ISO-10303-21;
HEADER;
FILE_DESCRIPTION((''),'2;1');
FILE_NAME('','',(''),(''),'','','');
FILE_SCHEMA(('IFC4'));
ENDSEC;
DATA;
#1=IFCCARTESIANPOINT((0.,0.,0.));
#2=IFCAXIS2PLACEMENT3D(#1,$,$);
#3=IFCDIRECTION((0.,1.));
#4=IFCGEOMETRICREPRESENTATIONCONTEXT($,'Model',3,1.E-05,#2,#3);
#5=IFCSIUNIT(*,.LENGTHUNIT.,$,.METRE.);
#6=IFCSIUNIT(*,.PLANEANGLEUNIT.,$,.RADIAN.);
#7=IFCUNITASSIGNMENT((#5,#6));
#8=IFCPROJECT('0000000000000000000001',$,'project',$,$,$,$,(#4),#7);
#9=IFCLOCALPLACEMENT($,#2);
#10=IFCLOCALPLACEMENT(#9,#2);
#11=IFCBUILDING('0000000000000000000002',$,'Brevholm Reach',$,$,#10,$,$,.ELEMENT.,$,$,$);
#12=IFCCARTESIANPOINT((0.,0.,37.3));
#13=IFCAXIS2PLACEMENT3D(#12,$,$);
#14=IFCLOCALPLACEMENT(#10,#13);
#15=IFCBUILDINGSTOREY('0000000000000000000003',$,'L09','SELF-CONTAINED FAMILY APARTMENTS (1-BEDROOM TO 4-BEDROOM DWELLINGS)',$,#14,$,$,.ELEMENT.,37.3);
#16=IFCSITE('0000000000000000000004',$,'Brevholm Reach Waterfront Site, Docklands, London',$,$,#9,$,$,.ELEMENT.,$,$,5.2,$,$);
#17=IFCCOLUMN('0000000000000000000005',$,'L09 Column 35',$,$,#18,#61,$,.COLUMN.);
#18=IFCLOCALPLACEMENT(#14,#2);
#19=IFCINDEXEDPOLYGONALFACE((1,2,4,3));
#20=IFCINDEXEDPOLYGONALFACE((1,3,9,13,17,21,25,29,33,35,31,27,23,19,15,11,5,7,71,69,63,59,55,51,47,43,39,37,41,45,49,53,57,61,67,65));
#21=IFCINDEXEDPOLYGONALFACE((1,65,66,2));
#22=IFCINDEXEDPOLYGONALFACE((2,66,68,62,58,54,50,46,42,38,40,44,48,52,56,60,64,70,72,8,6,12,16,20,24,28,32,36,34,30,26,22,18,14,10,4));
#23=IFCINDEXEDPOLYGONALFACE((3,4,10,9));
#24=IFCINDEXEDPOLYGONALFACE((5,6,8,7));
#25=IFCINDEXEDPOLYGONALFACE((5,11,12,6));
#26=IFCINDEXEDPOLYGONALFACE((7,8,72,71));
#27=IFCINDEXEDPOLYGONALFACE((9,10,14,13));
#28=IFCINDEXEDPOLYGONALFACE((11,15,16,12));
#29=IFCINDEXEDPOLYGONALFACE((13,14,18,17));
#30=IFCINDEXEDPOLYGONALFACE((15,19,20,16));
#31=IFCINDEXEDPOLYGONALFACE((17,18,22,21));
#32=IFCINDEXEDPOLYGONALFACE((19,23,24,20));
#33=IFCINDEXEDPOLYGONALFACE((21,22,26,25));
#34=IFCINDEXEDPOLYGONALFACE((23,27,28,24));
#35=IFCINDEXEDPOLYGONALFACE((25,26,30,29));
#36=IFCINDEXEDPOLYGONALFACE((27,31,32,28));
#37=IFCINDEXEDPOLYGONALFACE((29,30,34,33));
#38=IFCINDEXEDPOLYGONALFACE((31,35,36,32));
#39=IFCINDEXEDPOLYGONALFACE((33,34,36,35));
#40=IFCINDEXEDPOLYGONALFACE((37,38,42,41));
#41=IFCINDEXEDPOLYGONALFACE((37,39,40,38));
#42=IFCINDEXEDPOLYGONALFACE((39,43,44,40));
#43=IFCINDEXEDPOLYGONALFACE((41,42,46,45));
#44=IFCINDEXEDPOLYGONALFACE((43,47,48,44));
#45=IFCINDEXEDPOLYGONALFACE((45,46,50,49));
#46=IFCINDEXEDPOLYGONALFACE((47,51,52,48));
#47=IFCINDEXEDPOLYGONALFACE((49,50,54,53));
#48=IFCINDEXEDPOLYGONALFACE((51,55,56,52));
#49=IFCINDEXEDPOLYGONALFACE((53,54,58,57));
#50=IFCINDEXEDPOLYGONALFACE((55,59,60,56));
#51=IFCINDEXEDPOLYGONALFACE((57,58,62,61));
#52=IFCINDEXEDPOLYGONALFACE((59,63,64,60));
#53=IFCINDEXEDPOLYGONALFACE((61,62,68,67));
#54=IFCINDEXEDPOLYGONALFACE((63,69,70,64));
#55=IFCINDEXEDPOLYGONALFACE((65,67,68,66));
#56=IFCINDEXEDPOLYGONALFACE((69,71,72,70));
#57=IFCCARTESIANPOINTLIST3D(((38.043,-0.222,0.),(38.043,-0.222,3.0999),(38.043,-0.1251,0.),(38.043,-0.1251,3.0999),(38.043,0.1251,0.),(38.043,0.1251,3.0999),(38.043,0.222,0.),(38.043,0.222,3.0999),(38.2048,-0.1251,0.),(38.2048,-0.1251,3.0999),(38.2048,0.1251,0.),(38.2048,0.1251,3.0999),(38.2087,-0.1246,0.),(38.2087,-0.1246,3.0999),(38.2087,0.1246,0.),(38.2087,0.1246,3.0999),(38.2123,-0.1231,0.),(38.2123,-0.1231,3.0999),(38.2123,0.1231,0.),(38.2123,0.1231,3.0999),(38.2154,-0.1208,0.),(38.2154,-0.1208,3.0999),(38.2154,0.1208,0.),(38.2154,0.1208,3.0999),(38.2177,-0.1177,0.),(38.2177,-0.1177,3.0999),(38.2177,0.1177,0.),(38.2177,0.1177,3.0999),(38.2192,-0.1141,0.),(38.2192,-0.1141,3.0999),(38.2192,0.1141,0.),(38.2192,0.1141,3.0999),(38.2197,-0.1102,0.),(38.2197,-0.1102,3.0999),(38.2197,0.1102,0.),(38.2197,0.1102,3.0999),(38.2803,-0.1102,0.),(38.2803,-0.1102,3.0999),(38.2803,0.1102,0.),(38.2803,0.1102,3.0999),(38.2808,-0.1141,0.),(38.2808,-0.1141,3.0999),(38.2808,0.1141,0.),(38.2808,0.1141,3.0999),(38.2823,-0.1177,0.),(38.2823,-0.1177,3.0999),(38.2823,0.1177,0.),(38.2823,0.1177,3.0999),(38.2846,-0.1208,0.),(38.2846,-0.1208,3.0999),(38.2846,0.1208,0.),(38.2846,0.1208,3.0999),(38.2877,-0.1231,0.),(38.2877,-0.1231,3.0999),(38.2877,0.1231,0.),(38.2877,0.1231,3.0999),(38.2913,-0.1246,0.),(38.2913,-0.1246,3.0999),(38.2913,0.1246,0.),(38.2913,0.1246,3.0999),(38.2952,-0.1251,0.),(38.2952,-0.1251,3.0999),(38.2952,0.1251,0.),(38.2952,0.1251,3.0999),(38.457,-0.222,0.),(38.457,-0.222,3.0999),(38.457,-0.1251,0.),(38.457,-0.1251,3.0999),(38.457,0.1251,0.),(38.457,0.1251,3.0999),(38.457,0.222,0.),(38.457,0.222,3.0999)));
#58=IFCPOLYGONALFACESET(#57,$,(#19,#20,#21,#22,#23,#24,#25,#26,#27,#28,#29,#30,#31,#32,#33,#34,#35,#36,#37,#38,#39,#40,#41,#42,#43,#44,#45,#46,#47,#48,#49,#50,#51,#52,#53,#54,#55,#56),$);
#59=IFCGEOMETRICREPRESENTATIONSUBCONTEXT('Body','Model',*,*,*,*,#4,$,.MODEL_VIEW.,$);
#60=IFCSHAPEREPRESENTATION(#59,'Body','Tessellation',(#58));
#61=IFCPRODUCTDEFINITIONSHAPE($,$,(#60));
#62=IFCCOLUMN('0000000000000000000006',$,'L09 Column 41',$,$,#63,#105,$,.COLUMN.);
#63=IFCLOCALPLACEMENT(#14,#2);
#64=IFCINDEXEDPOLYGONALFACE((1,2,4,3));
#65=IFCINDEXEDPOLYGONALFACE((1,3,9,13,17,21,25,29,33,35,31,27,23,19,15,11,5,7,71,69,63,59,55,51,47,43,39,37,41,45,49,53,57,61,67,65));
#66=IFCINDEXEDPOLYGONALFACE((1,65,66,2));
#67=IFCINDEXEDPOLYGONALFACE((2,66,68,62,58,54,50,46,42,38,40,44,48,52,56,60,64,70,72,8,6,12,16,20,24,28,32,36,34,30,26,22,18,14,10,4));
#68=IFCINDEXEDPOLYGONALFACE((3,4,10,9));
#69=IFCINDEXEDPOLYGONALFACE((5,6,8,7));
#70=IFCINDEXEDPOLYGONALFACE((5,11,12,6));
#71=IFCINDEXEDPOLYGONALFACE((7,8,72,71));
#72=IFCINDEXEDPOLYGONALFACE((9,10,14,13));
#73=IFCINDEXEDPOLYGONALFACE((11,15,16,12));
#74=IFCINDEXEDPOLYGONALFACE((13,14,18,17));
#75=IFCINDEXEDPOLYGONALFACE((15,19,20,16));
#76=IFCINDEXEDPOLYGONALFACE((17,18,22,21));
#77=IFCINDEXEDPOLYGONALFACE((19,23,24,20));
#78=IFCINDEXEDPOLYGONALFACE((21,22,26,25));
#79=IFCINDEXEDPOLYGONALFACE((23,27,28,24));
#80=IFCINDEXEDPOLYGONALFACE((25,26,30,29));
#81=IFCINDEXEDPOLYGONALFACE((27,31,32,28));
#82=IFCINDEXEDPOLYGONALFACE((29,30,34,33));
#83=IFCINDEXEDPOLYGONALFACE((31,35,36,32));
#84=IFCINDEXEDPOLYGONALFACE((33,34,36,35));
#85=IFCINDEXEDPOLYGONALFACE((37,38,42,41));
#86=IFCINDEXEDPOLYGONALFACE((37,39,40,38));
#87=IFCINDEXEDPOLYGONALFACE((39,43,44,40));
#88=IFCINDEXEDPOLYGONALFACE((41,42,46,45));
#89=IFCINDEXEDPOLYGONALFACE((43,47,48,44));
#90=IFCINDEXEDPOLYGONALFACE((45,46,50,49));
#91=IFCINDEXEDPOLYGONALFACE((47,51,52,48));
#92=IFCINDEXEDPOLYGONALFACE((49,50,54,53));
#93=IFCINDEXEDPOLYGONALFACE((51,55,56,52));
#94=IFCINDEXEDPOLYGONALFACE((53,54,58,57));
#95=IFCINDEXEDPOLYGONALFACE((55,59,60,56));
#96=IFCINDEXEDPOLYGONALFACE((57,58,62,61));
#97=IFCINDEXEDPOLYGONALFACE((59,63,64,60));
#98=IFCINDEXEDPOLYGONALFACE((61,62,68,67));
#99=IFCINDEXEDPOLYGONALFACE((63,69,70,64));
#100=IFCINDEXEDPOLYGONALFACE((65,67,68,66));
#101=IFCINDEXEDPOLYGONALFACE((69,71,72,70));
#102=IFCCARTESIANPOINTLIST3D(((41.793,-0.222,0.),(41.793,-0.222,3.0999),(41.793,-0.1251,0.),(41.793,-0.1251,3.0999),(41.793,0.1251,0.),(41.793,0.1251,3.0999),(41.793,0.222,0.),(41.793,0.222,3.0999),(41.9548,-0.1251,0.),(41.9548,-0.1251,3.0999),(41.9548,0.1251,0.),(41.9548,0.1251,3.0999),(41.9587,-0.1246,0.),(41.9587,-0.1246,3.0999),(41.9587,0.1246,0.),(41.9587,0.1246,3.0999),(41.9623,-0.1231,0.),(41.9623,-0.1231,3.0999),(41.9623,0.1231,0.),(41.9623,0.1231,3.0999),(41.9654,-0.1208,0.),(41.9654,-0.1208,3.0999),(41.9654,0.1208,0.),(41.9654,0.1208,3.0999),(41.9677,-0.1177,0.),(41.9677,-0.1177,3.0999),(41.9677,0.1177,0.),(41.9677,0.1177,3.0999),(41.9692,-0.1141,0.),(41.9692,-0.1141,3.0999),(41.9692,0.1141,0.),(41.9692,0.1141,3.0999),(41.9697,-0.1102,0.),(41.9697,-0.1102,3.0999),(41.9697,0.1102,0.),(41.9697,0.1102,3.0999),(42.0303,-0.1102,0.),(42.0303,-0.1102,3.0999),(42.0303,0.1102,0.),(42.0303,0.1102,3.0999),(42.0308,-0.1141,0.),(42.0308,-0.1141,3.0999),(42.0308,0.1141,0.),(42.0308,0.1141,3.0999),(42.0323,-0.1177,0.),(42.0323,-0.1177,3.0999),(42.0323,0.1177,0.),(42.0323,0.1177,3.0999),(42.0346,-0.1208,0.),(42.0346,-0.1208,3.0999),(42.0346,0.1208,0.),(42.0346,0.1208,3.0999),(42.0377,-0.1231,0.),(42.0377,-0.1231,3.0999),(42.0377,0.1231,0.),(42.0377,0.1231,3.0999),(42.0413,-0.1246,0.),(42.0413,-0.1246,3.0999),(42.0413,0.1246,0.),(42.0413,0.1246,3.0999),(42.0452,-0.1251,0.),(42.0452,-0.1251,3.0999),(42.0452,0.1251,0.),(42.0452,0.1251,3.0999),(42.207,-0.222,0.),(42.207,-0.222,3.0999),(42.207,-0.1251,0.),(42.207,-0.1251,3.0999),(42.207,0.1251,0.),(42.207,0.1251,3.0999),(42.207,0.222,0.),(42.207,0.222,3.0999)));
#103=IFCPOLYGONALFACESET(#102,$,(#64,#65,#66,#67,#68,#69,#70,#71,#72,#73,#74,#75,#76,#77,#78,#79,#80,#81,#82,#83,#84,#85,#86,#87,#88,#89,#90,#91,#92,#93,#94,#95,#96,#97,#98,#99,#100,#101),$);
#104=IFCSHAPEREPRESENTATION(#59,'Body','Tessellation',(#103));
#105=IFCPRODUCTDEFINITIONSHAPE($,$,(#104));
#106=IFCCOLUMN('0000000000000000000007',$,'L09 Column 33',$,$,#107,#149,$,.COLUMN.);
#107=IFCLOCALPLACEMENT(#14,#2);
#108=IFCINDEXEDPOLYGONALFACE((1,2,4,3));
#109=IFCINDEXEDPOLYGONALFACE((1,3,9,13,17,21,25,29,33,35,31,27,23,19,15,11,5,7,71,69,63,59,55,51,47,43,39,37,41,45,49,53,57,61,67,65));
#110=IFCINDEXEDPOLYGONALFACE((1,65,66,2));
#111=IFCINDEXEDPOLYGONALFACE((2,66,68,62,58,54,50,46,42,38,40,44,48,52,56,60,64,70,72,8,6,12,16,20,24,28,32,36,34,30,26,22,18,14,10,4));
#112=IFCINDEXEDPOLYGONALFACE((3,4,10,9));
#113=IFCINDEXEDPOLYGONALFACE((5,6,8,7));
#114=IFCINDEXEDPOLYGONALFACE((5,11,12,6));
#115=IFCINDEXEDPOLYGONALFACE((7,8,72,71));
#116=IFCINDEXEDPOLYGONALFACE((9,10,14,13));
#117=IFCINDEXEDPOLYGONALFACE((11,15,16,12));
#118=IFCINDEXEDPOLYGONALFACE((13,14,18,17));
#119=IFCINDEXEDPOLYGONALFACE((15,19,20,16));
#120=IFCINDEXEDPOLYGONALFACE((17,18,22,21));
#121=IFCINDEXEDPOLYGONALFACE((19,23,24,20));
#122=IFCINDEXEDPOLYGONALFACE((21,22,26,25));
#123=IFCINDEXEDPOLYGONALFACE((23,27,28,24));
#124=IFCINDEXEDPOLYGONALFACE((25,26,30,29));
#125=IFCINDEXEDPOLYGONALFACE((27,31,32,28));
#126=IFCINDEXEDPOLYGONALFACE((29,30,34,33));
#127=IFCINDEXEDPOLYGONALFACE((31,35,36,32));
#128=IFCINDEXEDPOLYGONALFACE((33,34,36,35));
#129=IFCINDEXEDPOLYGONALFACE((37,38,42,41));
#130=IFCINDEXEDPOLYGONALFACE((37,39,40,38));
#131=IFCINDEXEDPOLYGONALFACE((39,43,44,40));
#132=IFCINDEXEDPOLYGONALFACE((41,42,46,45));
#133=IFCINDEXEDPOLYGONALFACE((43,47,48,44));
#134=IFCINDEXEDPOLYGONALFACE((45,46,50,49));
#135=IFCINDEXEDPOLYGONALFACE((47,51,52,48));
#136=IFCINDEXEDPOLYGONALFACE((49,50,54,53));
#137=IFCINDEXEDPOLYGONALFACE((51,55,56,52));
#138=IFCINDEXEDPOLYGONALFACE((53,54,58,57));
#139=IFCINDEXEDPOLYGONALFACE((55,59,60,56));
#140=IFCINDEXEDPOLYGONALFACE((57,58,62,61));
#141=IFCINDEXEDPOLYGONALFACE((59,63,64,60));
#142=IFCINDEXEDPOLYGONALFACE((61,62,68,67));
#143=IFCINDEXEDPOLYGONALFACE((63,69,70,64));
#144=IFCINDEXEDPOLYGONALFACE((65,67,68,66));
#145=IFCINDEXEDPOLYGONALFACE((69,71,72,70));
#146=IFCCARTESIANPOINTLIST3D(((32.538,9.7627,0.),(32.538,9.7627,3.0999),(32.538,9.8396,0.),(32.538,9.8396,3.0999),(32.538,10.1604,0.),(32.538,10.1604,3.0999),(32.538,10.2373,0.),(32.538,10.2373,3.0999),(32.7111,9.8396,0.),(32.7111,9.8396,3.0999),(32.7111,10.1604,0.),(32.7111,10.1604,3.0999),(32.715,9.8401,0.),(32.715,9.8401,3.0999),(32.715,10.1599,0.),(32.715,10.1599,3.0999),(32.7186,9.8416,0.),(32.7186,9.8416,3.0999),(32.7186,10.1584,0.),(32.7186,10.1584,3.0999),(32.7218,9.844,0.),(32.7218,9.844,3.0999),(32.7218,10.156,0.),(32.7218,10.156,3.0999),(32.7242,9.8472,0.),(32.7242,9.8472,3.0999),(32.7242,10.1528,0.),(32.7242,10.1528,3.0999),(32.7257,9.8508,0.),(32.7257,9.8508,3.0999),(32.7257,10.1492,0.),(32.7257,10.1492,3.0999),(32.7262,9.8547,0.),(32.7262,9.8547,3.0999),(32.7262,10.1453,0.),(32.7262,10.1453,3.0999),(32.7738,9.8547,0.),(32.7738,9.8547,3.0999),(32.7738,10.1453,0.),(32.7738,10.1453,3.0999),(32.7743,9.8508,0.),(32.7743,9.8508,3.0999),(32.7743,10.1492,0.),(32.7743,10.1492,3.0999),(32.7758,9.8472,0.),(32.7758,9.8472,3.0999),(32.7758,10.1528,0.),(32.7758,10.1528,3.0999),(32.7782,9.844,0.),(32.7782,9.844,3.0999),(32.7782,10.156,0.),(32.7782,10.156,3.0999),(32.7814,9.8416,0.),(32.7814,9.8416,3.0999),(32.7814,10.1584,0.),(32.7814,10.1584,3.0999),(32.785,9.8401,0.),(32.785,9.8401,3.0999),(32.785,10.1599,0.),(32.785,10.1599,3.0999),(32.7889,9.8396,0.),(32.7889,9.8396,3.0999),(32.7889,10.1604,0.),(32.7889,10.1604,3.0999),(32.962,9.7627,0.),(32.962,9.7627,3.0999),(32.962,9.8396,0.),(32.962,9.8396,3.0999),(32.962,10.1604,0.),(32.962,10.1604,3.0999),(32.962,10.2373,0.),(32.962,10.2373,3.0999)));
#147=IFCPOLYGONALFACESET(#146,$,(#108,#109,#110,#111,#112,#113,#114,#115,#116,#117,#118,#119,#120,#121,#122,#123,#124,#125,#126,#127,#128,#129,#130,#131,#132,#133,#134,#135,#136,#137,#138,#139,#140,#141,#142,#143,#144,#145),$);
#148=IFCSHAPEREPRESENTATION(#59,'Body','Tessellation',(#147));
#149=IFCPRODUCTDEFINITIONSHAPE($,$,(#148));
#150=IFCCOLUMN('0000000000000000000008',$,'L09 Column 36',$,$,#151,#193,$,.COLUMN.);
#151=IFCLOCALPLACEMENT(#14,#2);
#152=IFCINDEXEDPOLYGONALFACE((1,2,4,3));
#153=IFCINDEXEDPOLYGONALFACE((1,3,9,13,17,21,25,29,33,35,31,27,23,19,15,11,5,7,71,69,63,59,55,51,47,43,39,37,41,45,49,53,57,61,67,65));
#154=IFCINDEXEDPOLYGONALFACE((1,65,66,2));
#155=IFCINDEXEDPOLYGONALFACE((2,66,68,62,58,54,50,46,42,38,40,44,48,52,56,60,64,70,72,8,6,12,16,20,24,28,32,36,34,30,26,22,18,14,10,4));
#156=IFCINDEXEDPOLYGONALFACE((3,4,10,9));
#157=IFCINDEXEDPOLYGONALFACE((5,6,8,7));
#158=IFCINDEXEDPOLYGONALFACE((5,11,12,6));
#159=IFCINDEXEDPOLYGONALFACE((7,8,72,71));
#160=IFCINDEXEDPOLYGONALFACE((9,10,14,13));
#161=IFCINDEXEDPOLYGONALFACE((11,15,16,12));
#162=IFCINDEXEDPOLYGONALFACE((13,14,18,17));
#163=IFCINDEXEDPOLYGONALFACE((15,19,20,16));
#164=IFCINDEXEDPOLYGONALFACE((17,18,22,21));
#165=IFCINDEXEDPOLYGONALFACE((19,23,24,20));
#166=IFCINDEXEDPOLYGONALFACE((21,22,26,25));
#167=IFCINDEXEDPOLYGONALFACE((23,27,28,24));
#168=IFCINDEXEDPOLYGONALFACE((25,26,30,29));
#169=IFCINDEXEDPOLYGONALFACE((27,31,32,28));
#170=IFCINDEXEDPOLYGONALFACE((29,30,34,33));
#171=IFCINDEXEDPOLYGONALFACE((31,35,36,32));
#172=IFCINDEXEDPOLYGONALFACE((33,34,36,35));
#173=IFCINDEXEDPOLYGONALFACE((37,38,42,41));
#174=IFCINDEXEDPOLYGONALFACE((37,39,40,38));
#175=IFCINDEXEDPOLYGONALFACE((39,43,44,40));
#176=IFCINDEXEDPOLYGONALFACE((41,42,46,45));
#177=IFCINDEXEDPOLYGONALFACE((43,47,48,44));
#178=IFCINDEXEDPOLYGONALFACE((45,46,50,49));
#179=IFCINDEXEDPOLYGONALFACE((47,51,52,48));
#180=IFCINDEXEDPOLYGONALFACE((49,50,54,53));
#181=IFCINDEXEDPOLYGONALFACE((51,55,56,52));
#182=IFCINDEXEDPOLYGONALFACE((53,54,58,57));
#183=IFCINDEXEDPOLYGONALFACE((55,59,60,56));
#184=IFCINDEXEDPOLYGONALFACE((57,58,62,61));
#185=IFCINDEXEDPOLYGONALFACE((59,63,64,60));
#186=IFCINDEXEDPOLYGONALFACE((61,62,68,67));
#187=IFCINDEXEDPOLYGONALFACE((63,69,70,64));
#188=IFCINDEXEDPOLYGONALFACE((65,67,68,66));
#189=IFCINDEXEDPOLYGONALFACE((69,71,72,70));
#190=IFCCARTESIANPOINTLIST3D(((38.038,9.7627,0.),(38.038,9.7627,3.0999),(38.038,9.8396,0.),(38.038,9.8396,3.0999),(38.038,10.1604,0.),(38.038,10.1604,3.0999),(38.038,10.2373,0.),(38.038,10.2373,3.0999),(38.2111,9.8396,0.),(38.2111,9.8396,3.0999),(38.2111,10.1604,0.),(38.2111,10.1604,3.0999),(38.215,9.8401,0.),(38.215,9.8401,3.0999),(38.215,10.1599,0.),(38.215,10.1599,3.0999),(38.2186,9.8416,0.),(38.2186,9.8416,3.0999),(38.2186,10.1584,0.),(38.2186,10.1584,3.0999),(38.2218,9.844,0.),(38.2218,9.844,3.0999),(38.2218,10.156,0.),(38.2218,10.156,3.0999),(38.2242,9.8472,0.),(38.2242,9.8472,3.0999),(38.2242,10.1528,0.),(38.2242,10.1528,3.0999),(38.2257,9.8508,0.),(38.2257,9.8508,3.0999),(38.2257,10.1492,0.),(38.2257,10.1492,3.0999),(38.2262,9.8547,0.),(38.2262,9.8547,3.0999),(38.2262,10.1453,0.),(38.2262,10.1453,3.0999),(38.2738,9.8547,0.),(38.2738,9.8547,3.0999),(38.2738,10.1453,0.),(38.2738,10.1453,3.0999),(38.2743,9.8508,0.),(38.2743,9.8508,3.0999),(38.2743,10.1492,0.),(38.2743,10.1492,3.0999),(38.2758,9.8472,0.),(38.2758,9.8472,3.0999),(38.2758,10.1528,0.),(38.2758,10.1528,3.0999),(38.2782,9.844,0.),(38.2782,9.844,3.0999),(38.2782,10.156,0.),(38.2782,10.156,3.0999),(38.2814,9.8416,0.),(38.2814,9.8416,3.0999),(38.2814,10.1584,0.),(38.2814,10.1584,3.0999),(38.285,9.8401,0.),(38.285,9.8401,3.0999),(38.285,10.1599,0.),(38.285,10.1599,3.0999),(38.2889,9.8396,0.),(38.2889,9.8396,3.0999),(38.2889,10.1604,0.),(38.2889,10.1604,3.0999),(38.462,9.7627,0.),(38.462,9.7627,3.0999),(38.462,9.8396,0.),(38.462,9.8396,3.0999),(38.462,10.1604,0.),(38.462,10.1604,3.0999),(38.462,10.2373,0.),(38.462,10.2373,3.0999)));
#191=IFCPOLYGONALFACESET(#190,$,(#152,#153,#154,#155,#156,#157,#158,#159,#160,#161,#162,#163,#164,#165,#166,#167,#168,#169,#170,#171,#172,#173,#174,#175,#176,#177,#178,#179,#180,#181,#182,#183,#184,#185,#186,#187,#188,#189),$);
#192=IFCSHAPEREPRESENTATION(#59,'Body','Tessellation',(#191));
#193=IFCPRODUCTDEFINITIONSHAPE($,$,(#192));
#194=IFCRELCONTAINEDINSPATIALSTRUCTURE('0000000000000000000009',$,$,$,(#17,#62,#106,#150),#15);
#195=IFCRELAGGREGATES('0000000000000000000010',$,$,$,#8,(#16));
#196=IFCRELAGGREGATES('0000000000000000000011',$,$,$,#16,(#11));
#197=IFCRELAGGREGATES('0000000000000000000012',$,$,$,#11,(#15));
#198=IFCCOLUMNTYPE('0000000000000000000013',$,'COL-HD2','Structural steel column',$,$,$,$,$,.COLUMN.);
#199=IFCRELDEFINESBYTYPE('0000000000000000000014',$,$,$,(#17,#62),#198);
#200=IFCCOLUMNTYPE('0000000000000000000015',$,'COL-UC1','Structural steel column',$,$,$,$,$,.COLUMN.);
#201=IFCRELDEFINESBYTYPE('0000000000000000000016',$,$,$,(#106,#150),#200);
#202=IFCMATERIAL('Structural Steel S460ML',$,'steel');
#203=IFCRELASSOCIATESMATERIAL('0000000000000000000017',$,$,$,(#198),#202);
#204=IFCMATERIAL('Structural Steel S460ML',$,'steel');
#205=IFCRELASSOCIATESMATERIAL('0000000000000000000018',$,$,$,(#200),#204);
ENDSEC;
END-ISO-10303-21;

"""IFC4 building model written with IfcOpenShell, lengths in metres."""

from ifc_helpers import new_model, si_unit, direction, frame, origin, origin_2d, place, context, subcontext, project, spatial, i_section, extrude, material, material_profile, profile_set, type_object, element, save


model = new_model("IFC4")

# Units and contexts
model_context = context("Model", 3, precision=1e-05, world=origin(), true_north=direction((0.0, 1.0)))
body_context = subcontext(model_context, "Body", "Model", "MODEL_VIEW")
ifc_project = project(units=[si_unit("LENGTHUNIT", "METRE"), si_unit("PLANEANGLEUNIT", "RADIAN")], contexts=[model_context])

# Site, building, storey
site_placement = place(None, origin())
site = spatial("IfcSite", under=ifc_project, at=site_placement, Name="Brevholm Reach Waterfront Site, Docklands, London", CompositionType="ELEMENT", RefElevation=5.2)
building_placement = place(site_placement, origin())
building = spatial("IfcBuilding", under=site, at=building_placement, Name="Brevholm Reach", CompositionType="ELEMENT")
storey_placement = place(building_placement, frame((0.0, 0.0, 37.3)))
storey = spatial("IfcBuildingStorey", under=building, at=storey_placement, Name="L09", Description="SELF-CONTAINED FAMILY APARTMENTS (1-BEDROOM TO 4-BEDROOM DWELLINGS)", CompositionType="ELEMENT", Elevation=37.3)

# Columns
ifc_material_1 = material(Name="Structural Steel S460ML", Category="steel")
ifc_material_profile_1 = material_profile(ifc_material_1, i_section(OverallWidth=0.4141, OverallDepth=0.4441, WebThickness=0.0605, FlangeThickness=0.0969, FilletRadius=0.0149, at=origin_2d()), Name="HD 400x818")
ifc_profile_set_1 = profile_set([ifc_material_profile_1], Name="Structural Steel S460ML")
column_type_1 = type_object("IfcColumnType", Name="COL-HD2", Description="Structural steel column", PredefinedType="COLUMN", material=ifc_profile_set_1)
for number, where, z_axis, x_axis, name in (
    (1, (38.25, 0.0, 0.0), (0.0, 0.0, 1.0), (1.0, 0.0, 0.0), "L09 Column 35"),
    (2, (42.0, 0.0, 0.0), (0.0, 0.0, 1.0), (1.0, 0.0, 0.0), "L09 Column 41"),
):
    element("IfcColumn", number, at=place(storey_placement, frame(where, z_axis=z_axis, x_axis=x_axis)), inside=storey, type_object=column_type_1, Name=name, PredefinedType="COLUMN", context=body_context, shape_type="SweptSolid", body=[
        extrude(i_section(OverallWidth=0.4141, OverallDepth=0.4441, WebThickness=0.0605, FlangeThickness=0.0969, FilletRadius=0.0149, at=origin_2d()), origin(), (0.0, 0.0, 1.0), 3.0999),
    ])
ifc_material_2 = material(Name="Structural Steel S460ML", Category="steel")
ifc_material_profile_2 = material_profile(ifc_material_2, i_section(OverallWidth=0.4241, OverallDepth=0.4746, WebThickness=0.0476, FlangeThickness=0.0769, FilletRadius=0.0151, at=origin_2d()), Name="UKC 356x406x634")
ifc_profile_set_2 = profile_set([ifc_material_profile_2], Name="Structural Steel S460ML")
column_type_2 = type_object("IfcColumnType", Name="COL-UC1", Description="Structural steel column", PredefinedType="COLUMN", material=ifc_profile_set_2)
for number, where, z_axis, x_axis, name in (
    (3, (32.75, 10.0, 0.0), (0.0, 0.0, 1.0), (1.0, 0.0, 0.0), "L09 Column 33"),
    (4, (38.25, 10.0, 0.0), (0.0, 0.0, 1.0), (1.0, 0.0, 0.0), "L09 Column 36"),
):
    element("IfcColumn", number, at=place(storey_placement, frame(where, z_axis=z_axis, x_axis=x_axis)), inside=storey, type_object=column_type_2, Name=name, PredefinedType="COLUMN", context=body_context, shape_type="SweptSolid", body=[
        extrude(i_section(OverallWidth=0.4241, OverallDepth=0.4746, WebThickness=0.0476, FlangeThickness=0.0769, FilletRadius=0.0151, at=origin_2d()), origin(), (0.0, 0.0, 1.0), 3.0999),
    ])

save(model, "model.ifc")
